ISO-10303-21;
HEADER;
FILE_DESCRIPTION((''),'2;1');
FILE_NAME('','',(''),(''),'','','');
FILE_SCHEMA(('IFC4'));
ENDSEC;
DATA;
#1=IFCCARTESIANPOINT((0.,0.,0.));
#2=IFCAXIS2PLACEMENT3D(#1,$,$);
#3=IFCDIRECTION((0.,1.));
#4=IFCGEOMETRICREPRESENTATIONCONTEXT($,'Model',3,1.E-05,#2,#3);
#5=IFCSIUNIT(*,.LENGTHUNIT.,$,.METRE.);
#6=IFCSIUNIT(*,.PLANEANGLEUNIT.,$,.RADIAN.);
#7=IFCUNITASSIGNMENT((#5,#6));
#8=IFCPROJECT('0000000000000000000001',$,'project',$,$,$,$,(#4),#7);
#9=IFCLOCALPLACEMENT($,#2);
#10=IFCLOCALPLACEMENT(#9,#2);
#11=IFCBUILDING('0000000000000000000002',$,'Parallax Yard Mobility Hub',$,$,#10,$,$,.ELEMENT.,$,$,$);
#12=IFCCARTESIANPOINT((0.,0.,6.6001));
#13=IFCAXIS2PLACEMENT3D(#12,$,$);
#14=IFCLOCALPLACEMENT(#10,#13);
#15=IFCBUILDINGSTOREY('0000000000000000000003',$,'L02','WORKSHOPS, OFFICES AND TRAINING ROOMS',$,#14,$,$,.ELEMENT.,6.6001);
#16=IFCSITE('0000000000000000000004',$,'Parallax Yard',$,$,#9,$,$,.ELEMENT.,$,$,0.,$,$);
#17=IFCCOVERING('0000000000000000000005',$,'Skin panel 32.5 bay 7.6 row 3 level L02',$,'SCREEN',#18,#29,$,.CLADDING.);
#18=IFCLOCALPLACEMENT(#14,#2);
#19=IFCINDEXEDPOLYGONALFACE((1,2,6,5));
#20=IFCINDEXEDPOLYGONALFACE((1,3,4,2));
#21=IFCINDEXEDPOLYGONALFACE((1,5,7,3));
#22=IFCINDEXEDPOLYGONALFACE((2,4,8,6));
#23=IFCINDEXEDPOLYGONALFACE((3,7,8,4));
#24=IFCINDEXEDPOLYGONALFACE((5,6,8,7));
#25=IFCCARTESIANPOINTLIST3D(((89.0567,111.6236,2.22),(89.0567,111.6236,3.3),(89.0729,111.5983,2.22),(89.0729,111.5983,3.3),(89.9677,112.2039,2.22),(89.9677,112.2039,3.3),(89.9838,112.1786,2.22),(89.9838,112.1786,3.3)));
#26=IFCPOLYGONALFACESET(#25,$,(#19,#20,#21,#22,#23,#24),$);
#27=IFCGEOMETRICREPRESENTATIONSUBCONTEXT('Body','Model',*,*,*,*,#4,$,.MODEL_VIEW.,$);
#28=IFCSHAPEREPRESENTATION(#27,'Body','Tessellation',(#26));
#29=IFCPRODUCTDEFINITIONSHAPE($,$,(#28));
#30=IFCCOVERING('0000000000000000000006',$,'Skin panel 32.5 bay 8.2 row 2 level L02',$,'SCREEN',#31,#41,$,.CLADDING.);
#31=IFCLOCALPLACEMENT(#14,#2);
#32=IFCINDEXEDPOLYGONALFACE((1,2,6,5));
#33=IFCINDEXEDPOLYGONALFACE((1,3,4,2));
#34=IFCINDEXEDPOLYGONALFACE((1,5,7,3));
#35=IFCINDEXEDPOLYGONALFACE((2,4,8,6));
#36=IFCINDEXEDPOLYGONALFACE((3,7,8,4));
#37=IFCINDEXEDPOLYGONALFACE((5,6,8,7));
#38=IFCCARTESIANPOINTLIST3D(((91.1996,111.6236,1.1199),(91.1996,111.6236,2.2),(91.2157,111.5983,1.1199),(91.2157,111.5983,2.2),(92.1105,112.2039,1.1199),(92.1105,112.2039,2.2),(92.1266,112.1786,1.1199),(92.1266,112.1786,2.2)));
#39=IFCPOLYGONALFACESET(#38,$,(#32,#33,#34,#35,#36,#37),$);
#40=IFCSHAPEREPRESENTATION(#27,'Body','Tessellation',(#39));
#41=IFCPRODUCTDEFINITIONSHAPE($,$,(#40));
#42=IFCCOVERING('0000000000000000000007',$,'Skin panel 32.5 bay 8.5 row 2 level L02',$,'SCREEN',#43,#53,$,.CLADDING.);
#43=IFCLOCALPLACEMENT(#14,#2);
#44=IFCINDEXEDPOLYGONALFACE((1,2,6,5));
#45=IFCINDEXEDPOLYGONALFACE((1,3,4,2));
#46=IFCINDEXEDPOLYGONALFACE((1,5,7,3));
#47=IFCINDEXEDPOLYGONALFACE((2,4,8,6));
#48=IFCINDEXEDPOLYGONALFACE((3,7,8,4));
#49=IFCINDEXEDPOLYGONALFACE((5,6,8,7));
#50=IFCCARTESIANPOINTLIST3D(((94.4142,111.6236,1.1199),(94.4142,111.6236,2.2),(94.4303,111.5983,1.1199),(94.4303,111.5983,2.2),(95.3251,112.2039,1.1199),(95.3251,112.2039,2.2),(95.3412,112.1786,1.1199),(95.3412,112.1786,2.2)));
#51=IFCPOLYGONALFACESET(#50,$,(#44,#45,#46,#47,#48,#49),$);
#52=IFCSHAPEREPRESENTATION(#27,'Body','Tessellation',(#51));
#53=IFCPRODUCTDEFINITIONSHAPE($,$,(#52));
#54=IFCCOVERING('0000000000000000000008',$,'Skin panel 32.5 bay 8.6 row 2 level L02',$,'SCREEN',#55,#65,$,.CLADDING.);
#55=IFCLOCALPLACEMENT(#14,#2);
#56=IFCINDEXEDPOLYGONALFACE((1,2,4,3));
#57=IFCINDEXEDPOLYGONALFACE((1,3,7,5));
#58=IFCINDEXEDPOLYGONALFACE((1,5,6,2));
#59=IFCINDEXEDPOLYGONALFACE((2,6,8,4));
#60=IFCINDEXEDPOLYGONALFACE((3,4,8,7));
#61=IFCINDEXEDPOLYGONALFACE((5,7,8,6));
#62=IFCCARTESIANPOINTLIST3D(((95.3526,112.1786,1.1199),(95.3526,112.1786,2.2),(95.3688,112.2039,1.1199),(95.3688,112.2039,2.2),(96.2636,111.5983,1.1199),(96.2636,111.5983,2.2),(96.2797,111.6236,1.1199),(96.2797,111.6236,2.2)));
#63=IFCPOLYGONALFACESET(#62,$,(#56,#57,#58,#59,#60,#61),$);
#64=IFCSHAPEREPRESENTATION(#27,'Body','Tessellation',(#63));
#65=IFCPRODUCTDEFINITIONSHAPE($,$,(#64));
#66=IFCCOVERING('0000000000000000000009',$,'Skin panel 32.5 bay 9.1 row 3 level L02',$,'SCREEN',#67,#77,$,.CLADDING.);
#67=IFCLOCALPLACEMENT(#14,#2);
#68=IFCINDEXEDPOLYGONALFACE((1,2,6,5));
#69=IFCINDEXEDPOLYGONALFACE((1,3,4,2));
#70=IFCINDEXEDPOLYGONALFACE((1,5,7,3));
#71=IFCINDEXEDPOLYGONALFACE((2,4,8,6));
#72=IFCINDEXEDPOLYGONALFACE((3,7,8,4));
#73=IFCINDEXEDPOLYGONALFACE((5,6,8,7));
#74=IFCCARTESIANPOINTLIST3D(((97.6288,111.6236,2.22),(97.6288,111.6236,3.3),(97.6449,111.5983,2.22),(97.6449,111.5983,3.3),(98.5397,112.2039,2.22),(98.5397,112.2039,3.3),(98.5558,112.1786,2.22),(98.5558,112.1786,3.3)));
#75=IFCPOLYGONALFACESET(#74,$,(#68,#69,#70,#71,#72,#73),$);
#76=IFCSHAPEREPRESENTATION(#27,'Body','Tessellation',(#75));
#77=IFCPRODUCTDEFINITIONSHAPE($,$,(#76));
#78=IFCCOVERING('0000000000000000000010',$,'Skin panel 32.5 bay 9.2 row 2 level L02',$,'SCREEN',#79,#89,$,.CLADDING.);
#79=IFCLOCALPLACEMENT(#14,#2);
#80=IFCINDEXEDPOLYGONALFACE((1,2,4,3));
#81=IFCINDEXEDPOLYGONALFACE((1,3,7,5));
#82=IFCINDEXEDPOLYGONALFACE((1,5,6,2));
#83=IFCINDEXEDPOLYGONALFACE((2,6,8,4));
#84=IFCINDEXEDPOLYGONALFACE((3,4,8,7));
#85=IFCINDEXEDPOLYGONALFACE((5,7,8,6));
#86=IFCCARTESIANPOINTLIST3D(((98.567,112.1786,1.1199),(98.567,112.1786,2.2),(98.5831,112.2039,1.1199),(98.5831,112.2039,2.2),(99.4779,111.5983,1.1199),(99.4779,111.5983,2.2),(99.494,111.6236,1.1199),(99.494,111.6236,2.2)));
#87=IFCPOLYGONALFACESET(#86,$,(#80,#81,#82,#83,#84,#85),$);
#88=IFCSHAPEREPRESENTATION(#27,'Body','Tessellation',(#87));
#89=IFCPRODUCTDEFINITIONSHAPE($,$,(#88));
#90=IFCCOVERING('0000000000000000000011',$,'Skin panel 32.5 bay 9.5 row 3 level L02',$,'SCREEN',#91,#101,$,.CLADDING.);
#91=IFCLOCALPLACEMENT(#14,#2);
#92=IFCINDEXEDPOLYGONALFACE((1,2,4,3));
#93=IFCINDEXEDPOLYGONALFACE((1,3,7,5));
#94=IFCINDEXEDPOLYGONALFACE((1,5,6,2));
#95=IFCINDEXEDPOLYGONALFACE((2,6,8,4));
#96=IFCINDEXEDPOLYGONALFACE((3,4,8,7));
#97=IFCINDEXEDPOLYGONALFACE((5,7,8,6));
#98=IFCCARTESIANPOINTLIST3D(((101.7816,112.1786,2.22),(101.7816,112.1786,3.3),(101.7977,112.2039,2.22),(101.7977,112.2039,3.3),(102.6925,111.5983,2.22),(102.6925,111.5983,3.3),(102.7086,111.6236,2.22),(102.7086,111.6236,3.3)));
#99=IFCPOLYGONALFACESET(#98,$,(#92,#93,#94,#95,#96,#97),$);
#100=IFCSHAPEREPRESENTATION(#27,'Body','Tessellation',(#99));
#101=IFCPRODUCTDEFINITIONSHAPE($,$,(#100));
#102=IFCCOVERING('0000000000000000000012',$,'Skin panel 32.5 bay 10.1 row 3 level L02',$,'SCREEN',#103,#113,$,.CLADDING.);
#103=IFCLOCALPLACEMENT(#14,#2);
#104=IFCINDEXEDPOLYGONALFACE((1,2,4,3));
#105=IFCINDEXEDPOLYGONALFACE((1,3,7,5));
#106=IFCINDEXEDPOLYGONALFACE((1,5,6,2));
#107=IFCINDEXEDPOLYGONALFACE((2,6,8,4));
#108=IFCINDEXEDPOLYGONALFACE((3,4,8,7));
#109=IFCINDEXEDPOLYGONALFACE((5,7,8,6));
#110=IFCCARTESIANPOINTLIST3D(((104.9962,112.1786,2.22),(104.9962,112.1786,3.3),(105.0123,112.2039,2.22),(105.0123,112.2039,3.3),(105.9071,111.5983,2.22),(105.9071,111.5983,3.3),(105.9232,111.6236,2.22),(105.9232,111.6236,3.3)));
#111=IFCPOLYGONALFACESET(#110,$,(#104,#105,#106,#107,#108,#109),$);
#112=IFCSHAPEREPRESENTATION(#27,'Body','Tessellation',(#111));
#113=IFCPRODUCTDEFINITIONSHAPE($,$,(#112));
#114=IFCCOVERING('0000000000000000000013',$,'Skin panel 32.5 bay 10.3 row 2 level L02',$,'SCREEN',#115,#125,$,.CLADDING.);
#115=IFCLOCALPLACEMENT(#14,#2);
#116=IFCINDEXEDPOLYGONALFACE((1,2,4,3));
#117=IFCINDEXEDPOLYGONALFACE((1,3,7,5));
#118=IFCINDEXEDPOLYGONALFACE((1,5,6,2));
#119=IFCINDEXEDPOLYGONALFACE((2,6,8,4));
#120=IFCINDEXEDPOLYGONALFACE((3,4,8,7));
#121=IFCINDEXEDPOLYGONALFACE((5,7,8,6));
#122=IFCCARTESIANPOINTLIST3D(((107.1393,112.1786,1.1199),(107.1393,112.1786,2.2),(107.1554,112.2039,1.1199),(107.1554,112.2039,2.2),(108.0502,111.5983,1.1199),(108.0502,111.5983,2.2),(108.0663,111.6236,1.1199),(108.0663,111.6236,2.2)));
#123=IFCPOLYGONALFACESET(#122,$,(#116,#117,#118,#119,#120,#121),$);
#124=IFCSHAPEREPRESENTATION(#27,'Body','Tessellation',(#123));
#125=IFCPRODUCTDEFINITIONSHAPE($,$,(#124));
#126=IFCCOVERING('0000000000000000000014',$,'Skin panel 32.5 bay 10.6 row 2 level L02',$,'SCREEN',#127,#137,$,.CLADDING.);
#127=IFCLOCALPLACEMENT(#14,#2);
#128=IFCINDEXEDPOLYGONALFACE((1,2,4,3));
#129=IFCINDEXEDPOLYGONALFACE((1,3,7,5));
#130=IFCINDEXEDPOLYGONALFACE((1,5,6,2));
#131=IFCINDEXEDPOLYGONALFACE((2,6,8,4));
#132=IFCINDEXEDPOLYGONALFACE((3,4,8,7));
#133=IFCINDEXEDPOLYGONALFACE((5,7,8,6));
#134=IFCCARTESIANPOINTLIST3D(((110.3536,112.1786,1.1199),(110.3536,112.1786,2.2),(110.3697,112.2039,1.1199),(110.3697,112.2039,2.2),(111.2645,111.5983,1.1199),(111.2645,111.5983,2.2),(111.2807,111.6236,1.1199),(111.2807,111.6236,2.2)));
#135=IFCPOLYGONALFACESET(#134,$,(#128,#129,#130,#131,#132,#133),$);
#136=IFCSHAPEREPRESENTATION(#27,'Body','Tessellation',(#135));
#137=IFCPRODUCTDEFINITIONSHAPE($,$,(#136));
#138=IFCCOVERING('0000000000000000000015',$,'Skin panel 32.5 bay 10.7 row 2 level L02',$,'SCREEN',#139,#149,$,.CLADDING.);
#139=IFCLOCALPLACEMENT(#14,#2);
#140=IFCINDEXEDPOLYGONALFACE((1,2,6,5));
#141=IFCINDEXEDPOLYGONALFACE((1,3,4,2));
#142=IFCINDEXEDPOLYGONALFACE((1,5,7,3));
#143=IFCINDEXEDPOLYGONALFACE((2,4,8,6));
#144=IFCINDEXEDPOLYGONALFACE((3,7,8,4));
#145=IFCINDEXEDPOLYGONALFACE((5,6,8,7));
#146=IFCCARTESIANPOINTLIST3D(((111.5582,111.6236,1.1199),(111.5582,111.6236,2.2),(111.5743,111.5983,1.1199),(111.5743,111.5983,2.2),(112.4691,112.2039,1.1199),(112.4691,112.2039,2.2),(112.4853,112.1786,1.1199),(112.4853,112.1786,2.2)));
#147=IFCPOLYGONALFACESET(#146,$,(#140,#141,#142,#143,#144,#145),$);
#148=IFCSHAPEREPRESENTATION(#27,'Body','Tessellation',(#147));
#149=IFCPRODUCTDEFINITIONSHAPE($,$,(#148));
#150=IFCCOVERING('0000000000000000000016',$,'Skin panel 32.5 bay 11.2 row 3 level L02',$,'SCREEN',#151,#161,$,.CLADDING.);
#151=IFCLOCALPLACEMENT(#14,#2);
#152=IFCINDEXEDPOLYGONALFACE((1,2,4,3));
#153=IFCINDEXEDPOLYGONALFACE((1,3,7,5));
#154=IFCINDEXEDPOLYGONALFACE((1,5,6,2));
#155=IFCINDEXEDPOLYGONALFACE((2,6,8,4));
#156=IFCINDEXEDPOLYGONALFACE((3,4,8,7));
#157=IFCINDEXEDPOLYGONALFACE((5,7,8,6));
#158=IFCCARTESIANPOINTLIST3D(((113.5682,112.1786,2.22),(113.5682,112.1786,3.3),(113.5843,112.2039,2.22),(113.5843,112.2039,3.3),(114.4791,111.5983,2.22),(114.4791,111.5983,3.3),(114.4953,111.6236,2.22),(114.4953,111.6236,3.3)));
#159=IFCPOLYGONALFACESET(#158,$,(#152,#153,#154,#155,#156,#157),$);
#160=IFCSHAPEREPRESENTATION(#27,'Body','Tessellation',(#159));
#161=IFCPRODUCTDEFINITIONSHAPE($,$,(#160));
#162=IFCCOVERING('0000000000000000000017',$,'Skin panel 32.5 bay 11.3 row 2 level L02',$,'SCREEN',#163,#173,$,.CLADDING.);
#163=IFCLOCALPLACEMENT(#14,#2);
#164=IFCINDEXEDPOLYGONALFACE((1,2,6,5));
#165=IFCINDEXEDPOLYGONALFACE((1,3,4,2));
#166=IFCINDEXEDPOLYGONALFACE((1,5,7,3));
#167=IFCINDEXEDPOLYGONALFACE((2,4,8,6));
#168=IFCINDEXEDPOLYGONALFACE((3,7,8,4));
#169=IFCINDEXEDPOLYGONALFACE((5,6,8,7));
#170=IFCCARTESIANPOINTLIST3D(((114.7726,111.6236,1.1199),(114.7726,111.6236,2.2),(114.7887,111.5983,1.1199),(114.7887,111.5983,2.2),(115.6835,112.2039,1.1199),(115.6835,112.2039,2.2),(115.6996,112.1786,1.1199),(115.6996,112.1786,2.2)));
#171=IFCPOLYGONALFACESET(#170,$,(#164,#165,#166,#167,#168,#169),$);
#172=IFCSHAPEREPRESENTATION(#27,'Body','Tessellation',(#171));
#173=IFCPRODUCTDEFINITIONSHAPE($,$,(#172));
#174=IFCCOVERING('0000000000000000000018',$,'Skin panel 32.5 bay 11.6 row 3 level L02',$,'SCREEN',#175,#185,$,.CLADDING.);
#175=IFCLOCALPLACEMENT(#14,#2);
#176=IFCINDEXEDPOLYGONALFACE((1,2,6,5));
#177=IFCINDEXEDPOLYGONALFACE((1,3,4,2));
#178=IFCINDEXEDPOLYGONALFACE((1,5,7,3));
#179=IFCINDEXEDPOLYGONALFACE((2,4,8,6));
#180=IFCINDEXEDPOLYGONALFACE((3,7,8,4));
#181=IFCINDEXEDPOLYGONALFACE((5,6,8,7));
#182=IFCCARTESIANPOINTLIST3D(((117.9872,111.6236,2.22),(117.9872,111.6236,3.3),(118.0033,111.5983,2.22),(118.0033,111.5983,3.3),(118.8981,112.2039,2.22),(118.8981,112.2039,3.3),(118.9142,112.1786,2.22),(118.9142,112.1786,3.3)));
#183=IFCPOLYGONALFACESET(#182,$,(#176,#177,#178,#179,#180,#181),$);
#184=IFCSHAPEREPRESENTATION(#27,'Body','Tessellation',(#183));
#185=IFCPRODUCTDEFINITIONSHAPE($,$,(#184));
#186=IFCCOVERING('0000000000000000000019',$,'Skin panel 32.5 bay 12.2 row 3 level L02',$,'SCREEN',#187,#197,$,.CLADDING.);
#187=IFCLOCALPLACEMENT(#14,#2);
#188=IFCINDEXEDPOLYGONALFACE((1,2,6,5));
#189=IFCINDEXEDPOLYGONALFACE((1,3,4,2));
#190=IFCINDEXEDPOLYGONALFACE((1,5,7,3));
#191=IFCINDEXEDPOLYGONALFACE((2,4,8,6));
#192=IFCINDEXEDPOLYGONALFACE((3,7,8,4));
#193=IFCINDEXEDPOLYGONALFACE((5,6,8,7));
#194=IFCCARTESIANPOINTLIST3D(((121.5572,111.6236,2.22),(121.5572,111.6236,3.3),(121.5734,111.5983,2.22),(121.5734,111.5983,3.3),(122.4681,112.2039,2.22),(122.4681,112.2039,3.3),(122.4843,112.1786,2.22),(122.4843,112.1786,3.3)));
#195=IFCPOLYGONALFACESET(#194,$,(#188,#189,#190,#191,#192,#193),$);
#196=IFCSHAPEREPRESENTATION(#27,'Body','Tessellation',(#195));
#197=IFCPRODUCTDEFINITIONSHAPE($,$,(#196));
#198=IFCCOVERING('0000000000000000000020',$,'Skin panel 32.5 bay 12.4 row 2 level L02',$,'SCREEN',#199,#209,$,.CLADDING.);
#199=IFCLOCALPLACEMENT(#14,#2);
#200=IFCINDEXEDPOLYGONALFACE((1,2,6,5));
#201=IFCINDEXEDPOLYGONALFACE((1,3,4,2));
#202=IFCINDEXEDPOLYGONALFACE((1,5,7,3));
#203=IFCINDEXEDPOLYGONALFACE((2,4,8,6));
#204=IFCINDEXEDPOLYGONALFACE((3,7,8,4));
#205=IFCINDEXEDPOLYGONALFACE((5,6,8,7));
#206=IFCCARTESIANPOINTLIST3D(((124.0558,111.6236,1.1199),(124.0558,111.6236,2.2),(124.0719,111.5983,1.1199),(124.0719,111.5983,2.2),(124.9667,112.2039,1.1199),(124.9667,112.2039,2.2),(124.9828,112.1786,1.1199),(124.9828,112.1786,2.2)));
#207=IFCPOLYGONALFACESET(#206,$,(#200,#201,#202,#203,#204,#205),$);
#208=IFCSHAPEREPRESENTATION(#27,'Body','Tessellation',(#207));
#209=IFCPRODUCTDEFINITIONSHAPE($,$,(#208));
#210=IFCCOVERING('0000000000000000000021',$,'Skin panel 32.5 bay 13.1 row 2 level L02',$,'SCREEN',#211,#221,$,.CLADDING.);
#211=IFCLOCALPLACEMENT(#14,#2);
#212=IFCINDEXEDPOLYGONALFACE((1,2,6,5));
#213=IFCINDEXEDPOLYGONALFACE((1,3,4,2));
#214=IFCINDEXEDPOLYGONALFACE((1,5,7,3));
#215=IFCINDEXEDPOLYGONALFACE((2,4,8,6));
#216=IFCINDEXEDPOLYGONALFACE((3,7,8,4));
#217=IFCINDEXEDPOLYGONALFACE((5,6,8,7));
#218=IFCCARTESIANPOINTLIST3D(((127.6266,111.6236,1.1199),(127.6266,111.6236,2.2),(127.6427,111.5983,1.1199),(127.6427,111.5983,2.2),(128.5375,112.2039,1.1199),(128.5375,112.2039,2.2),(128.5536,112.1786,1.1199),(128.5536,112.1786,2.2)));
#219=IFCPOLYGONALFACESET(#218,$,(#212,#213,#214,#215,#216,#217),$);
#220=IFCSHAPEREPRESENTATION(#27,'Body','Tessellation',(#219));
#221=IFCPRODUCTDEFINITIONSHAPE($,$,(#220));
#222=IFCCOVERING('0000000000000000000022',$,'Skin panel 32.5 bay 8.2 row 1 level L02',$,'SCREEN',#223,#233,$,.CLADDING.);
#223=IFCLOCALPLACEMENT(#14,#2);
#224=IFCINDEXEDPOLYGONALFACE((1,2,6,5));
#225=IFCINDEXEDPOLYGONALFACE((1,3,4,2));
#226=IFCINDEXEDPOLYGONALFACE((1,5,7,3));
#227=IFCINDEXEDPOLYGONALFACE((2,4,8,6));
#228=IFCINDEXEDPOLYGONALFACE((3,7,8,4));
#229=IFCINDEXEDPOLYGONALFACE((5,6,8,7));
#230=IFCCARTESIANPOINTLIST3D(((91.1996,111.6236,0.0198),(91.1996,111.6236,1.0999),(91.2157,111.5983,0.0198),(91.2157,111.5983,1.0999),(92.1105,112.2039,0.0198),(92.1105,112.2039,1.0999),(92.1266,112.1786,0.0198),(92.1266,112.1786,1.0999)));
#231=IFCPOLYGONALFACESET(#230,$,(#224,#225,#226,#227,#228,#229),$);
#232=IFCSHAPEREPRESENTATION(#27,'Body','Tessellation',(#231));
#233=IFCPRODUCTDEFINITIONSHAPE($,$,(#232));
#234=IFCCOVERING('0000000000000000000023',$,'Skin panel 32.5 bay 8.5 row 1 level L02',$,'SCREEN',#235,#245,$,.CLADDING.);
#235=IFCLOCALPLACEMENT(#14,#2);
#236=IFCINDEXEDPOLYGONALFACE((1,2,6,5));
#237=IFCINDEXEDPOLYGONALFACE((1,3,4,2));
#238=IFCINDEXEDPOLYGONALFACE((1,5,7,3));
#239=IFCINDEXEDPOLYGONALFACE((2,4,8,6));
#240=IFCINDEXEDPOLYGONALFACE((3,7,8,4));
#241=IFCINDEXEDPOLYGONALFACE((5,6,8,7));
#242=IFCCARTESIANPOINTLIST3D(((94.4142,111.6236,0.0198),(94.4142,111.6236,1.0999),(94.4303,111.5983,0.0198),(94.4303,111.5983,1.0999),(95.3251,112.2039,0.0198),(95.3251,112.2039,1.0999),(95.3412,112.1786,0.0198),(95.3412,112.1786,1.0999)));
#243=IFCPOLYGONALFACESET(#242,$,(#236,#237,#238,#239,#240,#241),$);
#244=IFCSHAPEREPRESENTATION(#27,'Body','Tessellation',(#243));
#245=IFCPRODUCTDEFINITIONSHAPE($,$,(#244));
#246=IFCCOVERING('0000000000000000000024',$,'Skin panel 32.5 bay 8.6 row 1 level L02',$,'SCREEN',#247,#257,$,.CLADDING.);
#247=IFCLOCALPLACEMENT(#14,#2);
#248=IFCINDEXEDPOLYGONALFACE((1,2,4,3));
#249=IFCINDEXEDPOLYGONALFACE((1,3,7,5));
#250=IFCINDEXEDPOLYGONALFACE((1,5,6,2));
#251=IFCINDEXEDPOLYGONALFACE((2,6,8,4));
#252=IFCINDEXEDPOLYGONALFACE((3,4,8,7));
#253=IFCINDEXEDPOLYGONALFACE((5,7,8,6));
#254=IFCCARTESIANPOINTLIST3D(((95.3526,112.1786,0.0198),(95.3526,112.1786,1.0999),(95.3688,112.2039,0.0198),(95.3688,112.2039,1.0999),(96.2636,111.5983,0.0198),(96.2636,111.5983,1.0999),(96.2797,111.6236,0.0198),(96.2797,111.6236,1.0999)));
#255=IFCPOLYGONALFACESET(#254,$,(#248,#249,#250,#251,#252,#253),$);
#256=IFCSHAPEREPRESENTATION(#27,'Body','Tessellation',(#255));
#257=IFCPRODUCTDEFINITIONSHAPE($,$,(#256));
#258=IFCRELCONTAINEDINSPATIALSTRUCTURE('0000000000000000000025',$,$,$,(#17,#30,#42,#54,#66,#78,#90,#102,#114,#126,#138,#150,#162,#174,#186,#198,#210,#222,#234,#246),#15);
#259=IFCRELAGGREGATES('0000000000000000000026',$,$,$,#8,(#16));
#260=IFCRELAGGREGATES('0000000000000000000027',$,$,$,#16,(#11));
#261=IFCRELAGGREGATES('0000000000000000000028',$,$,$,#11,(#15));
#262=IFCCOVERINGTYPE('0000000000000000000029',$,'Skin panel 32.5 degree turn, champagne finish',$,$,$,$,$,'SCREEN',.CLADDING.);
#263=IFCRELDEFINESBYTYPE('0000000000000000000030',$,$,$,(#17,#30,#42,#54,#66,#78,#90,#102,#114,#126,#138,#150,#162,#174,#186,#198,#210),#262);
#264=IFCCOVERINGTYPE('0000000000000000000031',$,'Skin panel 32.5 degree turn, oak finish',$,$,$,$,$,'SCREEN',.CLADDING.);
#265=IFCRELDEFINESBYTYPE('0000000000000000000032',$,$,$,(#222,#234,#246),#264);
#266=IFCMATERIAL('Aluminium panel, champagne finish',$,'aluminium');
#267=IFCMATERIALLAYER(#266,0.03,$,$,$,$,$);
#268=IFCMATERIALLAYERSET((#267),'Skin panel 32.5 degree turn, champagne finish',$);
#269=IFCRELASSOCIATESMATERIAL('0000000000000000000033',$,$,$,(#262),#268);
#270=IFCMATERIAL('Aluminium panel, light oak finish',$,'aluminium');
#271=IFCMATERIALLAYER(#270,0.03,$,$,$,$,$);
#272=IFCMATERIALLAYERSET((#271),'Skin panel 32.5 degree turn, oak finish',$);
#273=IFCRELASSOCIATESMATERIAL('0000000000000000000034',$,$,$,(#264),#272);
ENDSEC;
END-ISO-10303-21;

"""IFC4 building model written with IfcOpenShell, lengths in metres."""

from ifc_helpers import new_model, si_unit, direction, frame, origin, origin_2d, place, context, subcontext, project, spatial, rectangle, extrude, material, layer, layer_set, type_object, element, save


model = new_model("IFC4")

# Units and contexts
model_context = context("Model", 3, precision=1e-05, world=origin(), true_north=direction((0.0, 1.0)))
body_context = subcontext(model_context, "Body", "Model", "MODEL_VIEW")
ifc_project = project(units=[si_unit("LENGTHUNIT", "METRE"), si_unit("PLANEANGLEUNIT", "RADIAN")], contexts=[model_context])

# Site, building, storey
site_placement = place(None, origin())
site = spatial("IfcSite", under=ifc_project, at=site_placement, Name="Parallax Yard", CompositionType="ELEMENT", RefElevation=0.0)
building_placement = place(site_placement, origin())
building = spatial("IfcBuilding", under=site, at=building_placement, Name="Parallax Yard Mobility Hub", CompositionType="ELEMENT")
storey_placement = place(building_placement, frame((0.0, 0.0, 6.6001)))
storey = spatial("IfcBuildingStorey", under=building, at=storey_placement, Name="L02", Description="WORKSHOPS, OFFICES AND TRAINING ROOMS", CompositionType="ELEMENT", Elevation=6.6001)

# Coverings
ifc_material_1 = material(Name="Aluminium panel, champagne finish", Category="aluminium")
ifc_layer_1 = layer(ifc_material_1, 0.03)
ifc_layer_set_1 = layer_set([ifc_layer_1], Name="Skin panel 32.5 degree turn, champagne finish")
covering_type_1 = type_object("IfcCoveringType", Name="Skin panel 32.5 degree turn, champagne finish", ElementType="SCREEN", PredefinedType="CLADDING", material=ifc_layer_set_1)
for number, where, z_axis, x_axis, name in (
    (1, (89.5203, 111.9011, 2.22), (0.0, 0.0, 1.0), (-0.843391, -0.5373, 0.0), "Skin panel 32.5 bay 7.6 row 3 level L02"),
    (2, (91.6631, 111.9011, 1.1199), (0.0, 0.0, 1.0), (-0.843391, -0.5373, 0.0), "Skin panel 32.5 bay 8.2 row 2 level L02"),
    (3, (94.8777, 111.9011, 1.1199), (0.0, 0.0, 1.0), (-0.843391, -0.5373, 0.0), "Skin panel 32.5 bay 8.5 row 2 level L02"),
    (4, (95.8162, 111.9011, 1.1199), (0.0, 0.0, 1.0), (0.843391, -0.5373, 0.0), "Skin panel 32.5 bay 8.6 row 2 level L02"),
    (5, (98.0923, 111.9011, 2.22), (0.0, 0.0, 1.0), (-0.843391, -0.5373, 0.0), "Skin panel 32.5 bay 9.1 row 3 level L02"),
    (6, (99.0305, 111.9011, 1.1199), (0.0, 0.0, 1.0), (0.843391, -0.5373, 0.0), "Skin panel 32.5 bay 9.2 row 2 level L02"),
    (7, (102.2451, 111.9011, 2.22), (0.0, 0.0, 1.0), (0.843391, -0.5373, 0.0), "Skin panel 32.5 bay 9.5 row 3 level L02"),
    (8, (105.4597, 111.9011, 2.22), (0.0, 0.0, 1.0), (0.843391, -0.5373, 0.0), "Skin panel 32.5 bay 10.1 row 3 level L02"),
    (9, (107.6028, 111.9011, 1.1199), (0.0, 0.0, 1.0), (0.843391, -0.5373, 0.0), "Skin panel 32.5 bay 10.3 row 2 level L02"),
    (10, (110.8171, 111.9011, 1.1199), (0.0, 0.0, 1.0), (0.843391, -0.5373, 0.0), "Skin panel 32.5 bay 10.6 row 2 level L02"),
    (11, (112.0217, 111.9011, 1.1199), (0.0, 0.0, 1.0), (-0.843391, -0.5373, 0.0), "Skin panel 32.5 bay 10.7 row 2 level L02"),
    (12, (114.0317, 111.9011, 2.22), (0.0, 0.0, 1.0), (0.843391, -0.5373, 0.0), "Skin panel 32.5 bay 11.2 row 3 level L02"),
    (13, (115.2361, 111.9011, 1.1199), (0.0, 0.0, 1.0), (-0.843391, -0.5373, 0.0), "Skin panel 32.5 bay 11.3 row 2 level L02"),
    (14, (118.4507, 111.9011, 2.22), (0.0, 0.0, 1.0), (-0.843391, -0.5373, 0.0), "Skin panel 32.5 bay 11.6 row 3 level L02"),
    (15, (122.0208, 111.9011, 2.22), (0.0, 0.0, 1.0), (-0.843391, -0.5373, 0.0), "Skin panel 32.5 bay 12.2 row 3 level L02"),
    (16, (124.5193, 111.9011, 1.1199), (0.0, 0.0, 1.0), (-0.843391, -0.5373, 0.0), "Skin panel 32.5 bay 12.4 row 2 level L02"),
    (17, (128.0901, 111.9011, 1.1199), (0.0, 0.0, 1.0), (-0.843391, -0.5373, 0.0), "Skin panel 32.5 bay 13.1 row 2 level L02"),
):
    element("IfcCovering", number, at=place(storey_placement, frame(where, z_axis=z_axis, x_axis=x_axis)), inside=storey, type_object=covering_type_1, Name=name, ObjectType="SCREEN", PredefinedType="CLADDING", context=body_context, shape_type="SweptSolid", body=[
        extrude(rectangle(XDim=1.0801, YDim=0.03, at=origin_2d()), origin(), (0.0, 0.0, 1.0), 1.0801),
    ])
ifc_material_2 = material(Name="Aluminium panel, light oak finish", Category="aluminium")
ifc_layer_2 = layer(ifc_material_2, 0.03)
ifc_layer_set_2 = layer_set([ifc_layer_2], Name="Skin panel 32.5 degree turn, oak finish")
covering_type_2 = type_object("IfcCoveringType", Name="Skin panel 32.5 degree turn, oak finish", ElementType="SCREEN", PredefinedType="CLADDING", material=ifc_layer_set_2)
for number, where, z_axis, x_axis, name in (
    (18, (91.6631, 111.9011, 0.0198), (0.0, 0.0, 1.0), (-0.843391, -0.5373, 0.0), "Skin panel 32.5 bay 8.2 row 1 level L02"),
    (19, (94.8777, 111.9011, 0.0198), (0.0, 0.0, 1.0), (-0.843391, -0.5373, 0.0), "Skin panel 32.5 bay 8.5 row 1 level L02"),
    (20, (95.8162, 111.9011, 0.0198), (0.0, 0.0, 1.0), (0.843391, -0.5373, 0.0), "Skin panel 32.5 bay 8.6 row 1 level L02"),
):
    element("IfcCovering", number, at=place(storey_placement, frame(where, z_axis=z_axis, x_axis=x_axis)), inside=storey, type_object=covering_type_2, Name=name, ObjectType="SCREEN", PredefinedType="CLADDING", context=body_context, shape_type="SweptSolid", body=[
        extrude(rectangle(XDim=1.0801, YDim=0.03, at=origin_2d()), origin(), (0.0, 0.0, 1.0), 1.0801),
    ])

save(model, "model.ifc")
